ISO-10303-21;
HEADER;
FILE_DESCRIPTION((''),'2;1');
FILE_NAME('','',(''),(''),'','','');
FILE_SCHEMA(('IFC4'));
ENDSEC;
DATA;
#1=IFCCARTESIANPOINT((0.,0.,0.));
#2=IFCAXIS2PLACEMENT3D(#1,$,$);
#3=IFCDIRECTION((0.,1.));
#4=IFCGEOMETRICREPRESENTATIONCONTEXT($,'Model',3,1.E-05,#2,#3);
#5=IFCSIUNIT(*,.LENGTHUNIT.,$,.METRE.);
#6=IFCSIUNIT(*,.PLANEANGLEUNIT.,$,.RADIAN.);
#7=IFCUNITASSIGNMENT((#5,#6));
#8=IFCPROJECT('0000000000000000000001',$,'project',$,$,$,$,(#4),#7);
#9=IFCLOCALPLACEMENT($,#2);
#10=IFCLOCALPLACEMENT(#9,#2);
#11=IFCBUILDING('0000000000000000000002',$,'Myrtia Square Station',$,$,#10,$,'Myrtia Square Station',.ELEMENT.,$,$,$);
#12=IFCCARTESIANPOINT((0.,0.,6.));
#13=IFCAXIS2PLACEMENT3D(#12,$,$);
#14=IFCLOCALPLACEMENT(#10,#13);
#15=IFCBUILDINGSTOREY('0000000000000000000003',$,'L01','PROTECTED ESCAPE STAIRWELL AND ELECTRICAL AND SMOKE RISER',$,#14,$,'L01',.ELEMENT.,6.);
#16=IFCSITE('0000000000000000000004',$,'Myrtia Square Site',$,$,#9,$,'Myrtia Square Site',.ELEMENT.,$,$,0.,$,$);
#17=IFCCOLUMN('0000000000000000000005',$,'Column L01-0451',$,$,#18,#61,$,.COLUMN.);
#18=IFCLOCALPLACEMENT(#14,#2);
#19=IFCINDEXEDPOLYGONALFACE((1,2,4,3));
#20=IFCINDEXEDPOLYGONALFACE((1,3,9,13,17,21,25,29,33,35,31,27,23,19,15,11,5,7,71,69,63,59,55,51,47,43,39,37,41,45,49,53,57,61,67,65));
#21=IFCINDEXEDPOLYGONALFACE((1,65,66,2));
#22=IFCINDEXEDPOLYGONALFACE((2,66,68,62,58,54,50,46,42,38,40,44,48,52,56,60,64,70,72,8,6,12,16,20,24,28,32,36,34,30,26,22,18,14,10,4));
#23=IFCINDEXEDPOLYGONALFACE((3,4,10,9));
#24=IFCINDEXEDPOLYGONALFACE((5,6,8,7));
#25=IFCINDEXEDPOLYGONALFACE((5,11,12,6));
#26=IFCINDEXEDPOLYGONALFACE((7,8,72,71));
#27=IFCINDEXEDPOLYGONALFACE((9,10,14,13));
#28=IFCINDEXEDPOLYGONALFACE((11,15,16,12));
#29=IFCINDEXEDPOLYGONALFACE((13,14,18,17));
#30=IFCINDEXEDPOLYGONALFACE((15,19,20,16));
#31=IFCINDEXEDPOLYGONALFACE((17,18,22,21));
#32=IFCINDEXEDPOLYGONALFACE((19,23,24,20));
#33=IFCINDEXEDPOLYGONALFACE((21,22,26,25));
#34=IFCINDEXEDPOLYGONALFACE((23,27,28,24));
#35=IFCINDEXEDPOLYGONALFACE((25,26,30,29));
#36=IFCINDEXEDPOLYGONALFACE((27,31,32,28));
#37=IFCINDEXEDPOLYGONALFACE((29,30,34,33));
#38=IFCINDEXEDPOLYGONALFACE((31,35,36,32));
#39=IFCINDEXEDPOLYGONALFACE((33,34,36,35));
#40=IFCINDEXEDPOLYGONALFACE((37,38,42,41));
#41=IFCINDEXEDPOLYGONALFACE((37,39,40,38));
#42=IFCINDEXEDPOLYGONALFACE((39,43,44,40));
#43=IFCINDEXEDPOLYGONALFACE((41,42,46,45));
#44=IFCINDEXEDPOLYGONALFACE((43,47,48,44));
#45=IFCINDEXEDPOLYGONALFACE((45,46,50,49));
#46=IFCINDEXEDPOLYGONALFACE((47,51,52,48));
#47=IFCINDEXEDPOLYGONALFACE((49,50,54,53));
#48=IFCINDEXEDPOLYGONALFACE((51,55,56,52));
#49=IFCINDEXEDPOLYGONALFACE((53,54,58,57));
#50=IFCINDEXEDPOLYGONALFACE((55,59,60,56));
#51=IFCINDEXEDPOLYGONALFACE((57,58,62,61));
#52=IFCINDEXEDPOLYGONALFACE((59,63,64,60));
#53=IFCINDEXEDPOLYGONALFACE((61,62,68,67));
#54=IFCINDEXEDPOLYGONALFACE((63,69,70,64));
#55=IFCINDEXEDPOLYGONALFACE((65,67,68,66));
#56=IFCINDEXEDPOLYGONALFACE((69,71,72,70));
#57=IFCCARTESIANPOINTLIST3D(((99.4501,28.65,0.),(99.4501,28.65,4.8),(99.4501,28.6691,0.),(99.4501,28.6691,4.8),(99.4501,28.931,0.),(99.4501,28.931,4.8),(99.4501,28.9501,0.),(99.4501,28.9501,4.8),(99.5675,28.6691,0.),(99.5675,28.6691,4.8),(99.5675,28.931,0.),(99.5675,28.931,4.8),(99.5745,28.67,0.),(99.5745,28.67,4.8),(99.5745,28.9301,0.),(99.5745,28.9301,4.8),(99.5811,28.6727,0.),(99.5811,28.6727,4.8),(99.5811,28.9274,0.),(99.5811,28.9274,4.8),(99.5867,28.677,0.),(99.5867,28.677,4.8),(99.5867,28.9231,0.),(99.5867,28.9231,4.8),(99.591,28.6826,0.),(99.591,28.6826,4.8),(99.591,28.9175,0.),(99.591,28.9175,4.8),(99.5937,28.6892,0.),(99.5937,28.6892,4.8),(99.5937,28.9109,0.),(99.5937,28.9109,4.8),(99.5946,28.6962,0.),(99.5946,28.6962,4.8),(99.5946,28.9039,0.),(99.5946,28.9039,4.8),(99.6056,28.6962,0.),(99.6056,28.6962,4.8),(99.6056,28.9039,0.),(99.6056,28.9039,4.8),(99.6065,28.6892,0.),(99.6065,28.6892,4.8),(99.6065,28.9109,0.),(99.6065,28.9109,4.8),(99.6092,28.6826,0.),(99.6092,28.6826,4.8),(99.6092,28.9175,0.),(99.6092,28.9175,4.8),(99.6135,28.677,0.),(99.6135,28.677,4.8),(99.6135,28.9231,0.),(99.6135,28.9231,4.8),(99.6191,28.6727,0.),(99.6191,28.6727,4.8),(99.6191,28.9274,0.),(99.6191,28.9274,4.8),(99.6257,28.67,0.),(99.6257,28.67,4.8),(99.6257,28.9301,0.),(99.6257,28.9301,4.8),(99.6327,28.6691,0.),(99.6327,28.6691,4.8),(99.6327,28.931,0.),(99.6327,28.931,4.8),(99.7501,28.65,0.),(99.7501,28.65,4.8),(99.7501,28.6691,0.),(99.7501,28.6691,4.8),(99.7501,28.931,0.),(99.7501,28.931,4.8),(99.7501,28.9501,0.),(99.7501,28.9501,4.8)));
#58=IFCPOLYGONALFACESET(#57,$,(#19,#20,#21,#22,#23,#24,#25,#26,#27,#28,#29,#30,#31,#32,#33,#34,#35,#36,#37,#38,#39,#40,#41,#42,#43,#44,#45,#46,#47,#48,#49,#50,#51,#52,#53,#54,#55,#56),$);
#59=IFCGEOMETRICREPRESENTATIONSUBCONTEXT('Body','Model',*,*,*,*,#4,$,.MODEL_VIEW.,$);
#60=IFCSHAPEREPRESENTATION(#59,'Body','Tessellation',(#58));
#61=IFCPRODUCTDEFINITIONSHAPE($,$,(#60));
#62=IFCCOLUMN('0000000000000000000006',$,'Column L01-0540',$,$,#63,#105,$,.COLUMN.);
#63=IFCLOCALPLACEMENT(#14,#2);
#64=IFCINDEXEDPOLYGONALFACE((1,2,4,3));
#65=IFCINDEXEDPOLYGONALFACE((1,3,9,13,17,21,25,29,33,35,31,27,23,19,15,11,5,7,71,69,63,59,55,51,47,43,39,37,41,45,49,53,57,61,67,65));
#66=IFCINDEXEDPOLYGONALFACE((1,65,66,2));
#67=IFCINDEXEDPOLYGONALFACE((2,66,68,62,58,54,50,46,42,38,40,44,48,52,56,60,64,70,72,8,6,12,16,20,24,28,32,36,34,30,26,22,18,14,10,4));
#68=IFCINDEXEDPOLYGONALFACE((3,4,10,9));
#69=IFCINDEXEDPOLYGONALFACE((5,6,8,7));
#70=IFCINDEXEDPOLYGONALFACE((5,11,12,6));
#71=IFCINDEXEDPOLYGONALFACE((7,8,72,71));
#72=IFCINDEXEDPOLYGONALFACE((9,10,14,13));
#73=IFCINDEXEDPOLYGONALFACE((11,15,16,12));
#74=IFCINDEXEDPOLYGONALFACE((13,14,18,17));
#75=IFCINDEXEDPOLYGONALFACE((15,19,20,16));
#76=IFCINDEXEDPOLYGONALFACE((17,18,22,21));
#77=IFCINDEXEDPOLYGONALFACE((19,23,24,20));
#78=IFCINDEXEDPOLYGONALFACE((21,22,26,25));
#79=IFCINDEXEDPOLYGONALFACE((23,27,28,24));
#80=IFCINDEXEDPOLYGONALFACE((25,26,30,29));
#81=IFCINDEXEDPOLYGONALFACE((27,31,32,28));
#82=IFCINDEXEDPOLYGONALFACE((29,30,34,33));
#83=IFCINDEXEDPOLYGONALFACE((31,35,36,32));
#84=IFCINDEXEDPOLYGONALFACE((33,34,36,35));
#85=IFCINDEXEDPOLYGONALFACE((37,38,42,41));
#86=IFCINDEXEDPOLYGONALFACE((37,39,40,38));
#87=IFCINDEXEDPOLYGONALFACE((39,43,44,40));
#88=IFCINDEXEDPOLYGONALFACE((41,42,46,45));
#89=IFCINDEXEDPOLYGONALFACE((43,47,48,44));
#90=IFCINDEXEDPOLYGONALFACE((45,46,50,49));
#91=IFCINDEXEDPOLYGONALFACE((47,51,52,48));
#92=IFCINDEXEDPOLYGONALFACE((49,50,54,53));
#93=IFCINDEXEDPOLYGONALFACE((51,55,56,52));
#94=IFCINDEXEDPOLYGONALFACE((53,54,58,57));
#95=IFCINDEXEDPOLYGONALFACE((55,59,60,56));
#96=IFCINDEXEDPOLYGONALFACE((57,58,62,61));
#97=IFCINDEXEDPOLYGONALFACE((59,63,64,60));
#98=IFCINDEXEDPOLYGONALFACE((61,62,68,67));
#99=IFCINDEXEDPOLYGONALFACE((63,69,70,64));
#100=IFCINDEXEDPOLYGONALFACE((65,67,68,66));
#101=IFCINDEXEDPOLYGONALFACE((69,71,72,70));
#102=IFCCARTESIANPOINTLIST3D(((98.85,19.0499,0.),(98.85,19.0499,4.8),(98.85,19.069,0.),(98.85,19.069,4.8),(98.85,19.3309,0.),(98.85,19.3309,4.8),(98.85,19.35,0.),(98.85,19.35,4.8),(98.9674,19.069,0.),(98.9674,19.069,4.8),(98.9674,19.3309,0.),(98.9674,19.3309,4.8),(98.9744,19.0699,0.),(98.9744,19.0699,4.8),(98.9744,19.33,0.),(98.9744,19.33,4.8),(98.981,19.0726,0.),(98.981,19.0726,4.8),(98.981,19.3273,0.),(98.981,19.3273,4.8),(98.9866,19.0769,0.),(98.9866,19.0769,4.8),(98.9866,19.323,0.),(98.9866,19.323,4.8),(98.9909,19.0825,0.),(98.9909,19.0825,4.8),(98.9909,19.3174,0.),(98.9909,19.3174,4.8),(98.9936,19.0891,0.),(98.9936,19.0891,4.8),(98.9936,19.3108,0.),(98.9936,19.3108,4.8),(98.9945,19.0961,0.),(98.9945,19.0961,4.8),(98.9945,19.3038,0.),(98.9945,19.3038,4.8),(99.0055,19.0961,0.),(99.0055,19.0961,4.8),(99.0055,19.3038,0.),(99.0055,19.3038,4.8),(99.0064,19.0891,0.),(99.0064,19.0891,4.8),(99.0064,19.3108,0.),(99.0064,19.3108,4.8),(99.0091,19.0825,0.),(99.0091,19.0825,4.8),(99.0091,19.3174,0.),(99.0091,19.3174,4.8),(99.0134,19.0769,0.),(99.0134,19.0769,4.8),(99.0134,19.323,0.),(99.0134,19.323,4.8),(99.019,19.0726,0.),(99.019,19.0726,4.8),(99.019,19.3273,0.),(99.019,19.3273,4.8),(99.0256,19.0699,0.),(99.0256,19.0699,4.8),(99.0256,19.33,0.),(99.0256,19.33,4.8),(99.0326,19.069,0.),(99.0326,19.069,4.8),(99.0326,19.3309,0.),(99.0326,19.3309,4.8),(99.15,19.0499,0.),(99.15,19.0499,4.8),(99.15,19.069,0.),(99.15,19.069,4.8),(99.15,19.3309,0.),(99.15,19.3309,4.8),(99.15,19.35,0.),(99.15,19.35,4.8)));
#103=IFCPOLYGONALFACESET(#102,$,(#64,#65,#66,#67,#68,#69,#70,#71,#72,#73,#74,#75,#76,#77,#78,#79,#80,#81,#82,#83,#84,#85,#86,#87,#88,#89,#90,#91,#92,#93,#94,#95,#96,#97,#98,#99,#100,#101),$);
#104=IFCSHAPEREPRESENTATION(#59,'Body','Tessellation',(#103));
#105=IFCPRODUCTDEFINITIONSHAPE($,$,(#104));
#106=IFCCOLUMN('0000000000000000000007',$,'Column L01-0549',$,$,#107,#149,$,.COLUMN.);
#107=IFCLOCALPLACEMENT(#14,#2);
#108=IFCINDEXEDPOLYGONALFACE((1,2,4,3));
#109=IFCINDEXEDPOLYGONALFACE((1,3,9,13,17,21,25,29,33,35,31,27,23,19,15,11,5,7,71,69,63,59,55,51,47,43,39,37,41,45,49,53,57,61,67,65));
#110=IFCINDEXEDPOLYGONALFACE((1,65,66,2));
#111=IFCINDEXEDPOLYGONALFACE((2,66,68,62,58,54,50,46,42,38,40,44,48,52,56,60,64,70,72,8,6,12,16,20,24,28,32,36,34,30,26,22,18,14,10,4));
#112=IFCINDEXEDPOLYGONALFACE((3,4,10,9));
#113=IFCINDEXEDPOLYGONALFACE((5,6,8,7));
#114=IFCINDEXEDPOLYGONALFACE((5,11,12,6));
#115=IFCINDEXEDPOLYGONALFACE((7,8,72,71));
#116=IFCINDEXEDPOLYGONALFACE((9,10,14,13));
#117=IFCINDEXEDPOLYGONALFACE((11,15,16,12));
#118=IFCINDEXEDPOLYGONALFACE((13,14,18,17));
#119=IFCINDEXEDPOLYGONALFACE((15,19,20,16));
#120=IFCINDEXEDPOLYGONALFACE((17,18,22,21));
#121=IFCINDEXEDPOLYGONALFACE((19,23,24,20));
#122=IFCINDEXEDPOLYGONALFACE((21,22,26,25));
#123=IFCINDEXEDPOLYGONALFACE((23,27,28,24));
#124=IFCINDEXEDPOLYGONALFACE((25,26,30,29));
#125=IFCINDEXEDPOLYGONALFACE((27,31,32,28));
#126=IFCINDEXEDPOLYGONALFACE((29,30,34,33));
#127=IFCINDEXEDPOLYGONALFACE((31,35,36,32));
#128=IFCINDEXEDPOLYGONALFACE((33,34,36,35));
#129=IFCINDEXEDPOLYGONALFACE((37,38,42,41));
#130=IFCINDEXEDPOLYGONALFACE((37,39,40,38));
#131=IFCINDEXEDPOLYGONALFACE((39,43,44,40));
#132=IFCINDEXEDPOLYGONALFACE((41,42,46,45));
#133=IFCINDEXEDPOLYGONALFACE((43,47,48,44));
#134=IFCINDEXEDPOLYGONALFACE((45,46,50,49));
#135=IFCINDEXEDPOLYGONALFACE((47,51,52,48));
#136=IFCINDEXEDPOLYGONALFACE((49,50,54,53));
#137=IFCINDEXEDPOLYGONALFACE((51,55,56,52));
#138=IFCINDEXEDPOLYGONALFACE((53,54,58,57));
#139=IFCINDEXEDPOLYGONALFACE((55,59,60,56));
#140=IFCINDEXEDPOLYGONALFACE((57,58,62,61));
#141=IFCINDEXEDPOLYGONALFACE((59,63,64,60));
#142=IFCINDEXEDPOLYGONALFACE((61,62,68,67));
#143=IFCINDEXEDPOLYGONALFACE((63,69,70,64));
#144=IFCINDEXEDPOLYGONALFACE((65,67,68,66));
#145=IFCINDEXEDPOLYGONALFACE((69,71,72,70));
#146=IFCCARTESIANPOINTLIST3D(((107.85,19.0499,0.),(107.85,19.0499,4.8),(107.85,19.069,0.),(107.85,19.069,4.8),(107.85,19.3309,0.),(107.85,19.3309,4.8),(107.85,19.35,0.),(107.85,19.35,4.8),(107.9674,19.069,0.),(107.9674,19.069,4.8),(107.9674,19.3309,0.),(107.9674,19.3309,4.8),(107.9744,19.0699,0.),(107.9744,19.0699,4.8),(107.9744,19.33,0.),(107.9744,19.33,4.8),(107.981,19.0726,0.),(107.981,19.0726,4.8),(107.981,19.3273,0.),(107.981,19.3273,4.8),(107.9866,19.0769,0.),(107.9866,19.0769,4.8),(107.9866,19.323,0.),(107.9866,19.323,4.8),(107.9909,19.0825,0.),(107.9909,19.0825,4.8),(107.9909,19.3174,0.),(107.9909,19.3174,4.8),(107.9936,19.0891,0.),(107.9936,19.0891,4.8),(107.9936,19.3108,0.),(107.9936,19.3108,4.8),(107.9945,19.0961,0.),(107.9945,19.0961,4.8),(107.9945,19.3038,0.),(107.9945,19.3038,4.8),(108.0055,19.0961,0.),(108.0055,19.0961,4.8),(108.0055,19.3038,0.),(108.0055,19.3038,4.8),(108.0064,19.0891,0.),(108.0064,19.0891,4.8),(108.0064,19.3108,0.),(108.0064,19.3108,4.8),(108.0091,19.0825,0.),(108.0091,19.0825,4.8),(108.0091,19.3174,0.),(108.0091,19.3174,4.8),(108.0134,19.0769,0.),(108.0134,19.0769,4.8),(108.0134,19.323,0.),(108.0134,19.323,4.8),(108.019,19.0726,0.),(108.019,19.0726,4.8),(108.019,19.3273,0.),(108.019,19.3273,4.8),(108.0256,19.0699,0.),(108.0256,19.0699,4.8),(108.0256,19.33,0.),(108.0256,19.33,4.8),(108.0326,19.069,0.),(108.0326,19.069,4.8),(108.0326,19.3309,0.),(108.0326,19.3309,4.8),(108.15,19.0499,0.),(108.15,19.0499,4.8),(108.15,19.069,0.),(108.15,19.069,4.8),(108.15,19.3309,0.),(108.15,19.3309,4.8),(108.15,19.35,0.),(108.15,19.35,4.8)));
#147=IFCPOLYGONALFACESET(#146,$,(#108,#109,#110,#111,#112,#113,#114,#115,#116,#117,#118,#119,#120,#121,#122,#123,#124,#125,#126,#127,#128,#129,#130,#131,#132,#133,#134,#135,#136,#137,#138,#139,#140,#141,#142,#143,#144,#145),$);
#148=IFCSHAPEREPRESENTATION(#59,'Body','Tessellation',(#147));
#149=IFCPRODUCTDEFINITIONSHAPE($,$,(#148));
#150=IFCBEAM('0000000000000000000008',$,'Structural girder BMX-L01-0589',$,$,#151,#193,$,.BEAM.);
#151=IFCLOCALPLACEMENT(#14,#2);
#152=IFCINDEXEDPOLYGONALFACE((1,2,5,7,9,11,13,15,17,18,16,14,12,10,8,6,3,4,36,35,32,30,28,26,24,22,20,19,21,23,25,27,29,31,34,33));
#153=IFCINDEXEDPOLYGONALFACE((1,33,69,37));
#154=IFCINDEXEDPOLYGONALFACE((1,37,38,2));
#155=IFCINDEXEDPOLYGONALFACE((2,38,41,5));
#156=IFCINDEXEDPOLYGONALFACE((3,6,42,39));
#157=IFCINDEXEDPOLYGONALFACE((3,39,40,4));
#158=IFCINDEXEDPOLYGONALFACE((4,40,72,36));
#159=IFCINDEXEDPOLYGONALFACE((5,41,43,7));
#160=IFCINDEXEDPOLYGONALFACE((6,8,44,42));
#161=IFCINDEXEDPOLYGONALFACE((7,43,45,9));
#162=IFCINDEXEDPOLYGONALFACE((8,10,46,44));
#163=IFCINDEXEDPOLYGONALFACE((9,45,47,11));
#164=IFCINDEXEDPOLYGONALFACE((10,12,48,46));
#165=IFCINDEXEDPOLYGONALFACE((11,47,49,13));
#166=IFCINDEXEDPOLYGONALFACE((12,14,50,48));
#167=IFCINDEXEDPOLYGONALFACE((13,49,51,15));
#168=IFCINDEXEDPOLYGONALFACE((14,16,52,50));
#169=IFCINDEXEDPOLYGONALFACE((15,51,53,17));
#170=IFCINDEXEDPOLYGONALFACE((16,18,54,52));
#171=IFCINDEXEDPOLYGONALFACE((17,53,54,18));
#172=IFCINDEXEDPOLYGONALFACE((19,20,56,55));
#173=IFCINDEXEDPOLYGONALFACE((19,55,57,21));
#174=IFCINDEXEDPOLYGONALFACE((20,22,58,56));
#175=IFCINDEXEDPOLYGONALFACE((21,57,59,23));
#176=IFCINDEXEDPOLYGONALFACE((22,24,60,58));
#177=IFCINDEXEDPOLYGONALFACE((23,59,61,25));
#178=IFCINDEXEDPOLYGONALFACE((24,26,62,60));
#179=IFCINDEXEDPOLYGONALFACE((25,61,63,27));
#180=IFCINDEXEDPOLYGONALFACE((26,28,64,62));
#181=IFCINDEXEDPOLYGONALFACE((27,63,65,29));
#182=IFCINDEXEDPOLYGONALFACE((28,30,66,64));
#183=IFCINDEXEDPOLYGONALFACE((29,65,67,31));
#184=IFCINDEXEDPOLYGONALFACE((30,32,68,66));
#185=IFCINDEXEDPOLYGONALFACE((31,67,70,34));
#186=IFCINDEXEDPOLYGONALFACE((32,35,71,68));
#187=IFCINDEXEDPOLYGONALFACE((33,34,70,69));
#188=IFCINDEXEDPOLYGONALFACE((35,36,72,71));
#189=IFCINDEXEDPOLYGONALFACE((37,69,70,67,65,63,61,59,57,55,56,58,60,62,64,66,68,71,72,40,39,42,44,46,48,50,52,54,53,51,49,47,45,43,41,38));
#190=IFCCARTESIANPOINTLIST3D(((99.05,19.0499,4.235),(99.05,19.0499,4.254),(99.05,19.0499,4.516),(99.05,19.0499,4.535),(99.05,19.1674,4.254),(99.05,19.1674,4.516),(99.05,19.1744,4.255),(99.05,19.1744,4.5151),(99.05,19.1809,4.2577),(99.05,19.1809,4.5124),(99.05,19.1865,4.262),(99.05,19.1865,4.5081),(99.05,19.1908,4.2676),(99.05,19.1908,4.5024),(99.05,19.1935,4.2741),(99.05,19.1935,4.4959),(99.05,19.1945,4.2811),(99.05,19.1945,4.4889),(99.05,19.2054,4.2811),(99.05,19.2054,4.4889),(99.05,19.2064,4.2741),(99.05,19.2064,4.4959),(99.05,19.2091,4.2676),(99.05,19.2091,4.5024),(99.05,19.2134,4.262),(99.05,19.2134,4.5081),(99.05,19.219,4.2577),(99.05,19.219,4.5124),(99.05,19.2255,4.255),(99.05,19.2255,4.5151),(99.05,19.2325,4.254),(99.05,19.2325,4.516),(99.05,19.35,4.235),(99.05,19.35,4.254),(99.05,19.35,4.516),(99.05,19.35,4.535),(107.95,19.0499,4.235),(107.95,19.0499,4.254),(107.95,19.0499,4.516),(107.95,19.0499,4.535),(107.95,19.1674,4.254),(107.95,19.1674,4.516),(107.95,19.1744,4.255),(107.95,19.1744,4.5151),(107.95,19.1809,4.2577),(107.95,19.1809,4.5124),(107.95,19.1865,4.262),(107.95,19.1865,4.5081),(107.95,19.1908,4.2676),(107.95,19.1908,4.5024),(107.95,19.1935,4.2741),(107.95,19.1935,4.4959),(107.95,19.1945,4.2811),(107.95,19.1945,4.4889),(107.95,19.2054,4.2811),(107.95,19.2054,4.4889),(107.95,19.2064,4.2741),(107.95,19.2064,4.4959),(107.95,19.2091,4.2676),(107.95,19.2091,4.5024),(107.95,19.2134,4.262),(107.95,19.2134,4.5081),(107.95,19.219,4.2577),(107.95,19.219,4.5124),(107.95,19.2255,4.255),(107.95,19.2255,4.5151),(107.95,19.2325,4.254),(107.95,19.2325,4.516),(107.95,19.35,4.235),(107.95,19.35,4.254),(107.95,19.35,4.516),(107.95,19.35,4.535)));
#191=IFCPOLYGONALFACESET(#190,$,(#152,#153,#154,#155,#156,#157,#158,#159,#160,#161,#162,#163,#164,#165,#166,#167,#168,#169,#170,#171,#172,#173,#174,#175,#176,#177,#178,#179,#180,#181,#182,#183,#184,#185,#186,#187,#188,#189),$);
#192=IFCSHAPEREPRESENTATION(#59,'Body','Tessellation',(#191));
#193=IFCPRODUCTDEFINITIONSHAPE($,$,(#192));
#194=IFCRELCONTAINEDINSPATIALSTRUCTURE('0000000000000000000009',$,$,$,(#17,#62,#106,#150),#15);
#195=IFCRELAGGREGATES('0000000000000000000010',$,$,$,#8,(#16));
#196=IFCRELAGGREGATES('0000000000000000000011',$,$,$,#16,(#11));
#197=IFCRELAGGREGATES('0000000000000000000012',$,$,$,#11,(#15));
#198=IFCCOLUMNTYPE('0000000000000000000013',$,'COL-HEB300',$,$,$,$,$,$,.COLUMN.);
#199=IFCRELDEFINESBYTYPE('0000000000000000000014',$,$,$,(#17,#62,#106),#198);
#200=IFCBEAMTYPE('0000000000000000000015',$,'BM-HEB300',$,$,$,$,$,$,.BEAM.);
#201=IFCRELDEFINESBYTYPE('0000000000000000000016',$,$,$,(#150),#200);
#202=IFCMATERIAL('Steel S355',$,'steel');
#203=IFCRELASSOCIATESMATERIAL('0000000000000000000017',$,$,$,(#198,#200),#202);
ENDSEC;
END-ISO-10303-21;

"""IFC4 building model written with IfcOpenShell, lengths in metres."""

from ifc_helpers import new_model, si_unit, direction, frame, origin, origin_2d, place, context, subcontext, project, spatial, i_section, extrude, material, material_profile, profile_set, type_object, element, save


model = new_model("IFC4")

# Units and contexts
model_context = context("Model", 3, precision=1e-05, world=origin(), true_north=direction((0.0, 1.0)))
body_context = subcontext(model_context, "Body", "Model", "MODEL_VIEW")
ifc_project = project(units=[si_unit("LENGTHUNIT", "METRE"), si_unit("PLANEANGLEUNIT", "RADIAN")], contexts=[model_context])

# Site, building, storey
site_placement = place(None, origin())
site = spatial("IfcSite", under=ifc_project, at=site_placement, Name="Myrtia Square Site", LongName="Myrtia Square Site", CompositionType="ELEMENT", RefElevation=0.0)
building_placement = place(site_placement, origin())
building = spatial("IfcBuilding", under=site, at=building_placement, Name="Myrtia Square Station", LongName="Myrtia Square Station", CompositionType="ELEMENT")
storey_placement = place(building_placement, frame((0.0, 0.0, 6.0)))
storey = spatial("IfcBuildingStorey", under=building, at=storey_placement, Name="L01", Description="PROTECTED ESCAPE STAIRWELL AND ELECTRICAL AND SMOKE RISER", LongName="L01", CompositionType="ELEMENT", Elevation=6.0)

# Columns
ifc_material_1 = material(Name="Steel S355", Category="steel")
ifc_material_profile_1 = material_profile(ifc_material_1, i_section(OverallWidth=0.3, OverallDepth=0.3, WebThickness=0.011, FlangeThickness=0.019, FilletRadius=0.0271, at=origin_2d()), Name="HEB 300")
ifc_profile_set_1 = profile_set([ifc_material_profile_1], Name="Steel S355")
column_type = type_object("IfcColumnType", Name="COL-HEB300", PredefinedType="COLUMN", material=ifc_profile_set_1)
for number, where, z_axis, x_axis, name in (
    (1, (99.6001, 28.8, 0.0), (0.0, 0.0, 1.0), (1.0, 0.0, 0.0), "Column L01-0451"),
    (2, (99.0, 19.2, 0.0), (0.0, 0.0, 1.0), (1.0, 0.0, 0.0), "Column L01-0540"),
    (3, (108.0, 19.2, 0.0), (0.0, 0.0, 1.0), (1.0, 0.0, 0.0), "Column L01-0549"),
):
    element("IfcColumn", number, at=place(storey_placement, frame(where, z_axis=z_axis, x_axis=x_axis)), inside=storey, type_object=column_type, Name=name, PredefinedType="COLUMN", context=body_context, shape_type="SweptSolid", body=[
        extrude(i_section(OverallWidth=0.3, OverallDepth=0.3, WebThickness=0.011, FlangeThickness=0.019, FilletRadius=0.0271, at=origin_2d()), origin(), (0.0, 0.0, 1.0), 4.8),
    ])

# Beam
ifc_material_profile_2 = material_profile(ifc_material_1, i_section(OverallWidth=0.3, OverallDepth=0.3, WebThickness=0.011, FlangeThickness=0.019, FilletRadius=0.0271, at=origin_2d()), Name="HEB 300")
ifc_profile_set_2 = profile_set([ifc_material_profile_2], Name="Steel S355")
beam_type_1 = type_object("IfcBeamType", Name="BM-HEB300", PredefinedType="BEAM", material=ifc_profile_set_2)
beam_1_placement = place(storey_placement, frame((99.05, 19.2, 4.385), z_axis=(1.0, 0.0, 0.0), x_axis=(0.0, 1.0, 0.0)))
element("IfcBeam", 4, at=beam_1_placement, inside=storey, type_object=beam_type_1, Name="Structural girder BMX-L01-0589", PredefinedType="BEAM", context=body_context, shape_type="SweptSolid", body=[
    extrude(i_section(OverallWidth=0.3, OverallDepth=0.3, WebThickness=0.011, FlangeThickness=0.019, FilletRadius=0.0271, at=origin_2d()), origin(), (0.0, 0.0, 1.0), 8.8999),
])

save(model, "model.ifc")
